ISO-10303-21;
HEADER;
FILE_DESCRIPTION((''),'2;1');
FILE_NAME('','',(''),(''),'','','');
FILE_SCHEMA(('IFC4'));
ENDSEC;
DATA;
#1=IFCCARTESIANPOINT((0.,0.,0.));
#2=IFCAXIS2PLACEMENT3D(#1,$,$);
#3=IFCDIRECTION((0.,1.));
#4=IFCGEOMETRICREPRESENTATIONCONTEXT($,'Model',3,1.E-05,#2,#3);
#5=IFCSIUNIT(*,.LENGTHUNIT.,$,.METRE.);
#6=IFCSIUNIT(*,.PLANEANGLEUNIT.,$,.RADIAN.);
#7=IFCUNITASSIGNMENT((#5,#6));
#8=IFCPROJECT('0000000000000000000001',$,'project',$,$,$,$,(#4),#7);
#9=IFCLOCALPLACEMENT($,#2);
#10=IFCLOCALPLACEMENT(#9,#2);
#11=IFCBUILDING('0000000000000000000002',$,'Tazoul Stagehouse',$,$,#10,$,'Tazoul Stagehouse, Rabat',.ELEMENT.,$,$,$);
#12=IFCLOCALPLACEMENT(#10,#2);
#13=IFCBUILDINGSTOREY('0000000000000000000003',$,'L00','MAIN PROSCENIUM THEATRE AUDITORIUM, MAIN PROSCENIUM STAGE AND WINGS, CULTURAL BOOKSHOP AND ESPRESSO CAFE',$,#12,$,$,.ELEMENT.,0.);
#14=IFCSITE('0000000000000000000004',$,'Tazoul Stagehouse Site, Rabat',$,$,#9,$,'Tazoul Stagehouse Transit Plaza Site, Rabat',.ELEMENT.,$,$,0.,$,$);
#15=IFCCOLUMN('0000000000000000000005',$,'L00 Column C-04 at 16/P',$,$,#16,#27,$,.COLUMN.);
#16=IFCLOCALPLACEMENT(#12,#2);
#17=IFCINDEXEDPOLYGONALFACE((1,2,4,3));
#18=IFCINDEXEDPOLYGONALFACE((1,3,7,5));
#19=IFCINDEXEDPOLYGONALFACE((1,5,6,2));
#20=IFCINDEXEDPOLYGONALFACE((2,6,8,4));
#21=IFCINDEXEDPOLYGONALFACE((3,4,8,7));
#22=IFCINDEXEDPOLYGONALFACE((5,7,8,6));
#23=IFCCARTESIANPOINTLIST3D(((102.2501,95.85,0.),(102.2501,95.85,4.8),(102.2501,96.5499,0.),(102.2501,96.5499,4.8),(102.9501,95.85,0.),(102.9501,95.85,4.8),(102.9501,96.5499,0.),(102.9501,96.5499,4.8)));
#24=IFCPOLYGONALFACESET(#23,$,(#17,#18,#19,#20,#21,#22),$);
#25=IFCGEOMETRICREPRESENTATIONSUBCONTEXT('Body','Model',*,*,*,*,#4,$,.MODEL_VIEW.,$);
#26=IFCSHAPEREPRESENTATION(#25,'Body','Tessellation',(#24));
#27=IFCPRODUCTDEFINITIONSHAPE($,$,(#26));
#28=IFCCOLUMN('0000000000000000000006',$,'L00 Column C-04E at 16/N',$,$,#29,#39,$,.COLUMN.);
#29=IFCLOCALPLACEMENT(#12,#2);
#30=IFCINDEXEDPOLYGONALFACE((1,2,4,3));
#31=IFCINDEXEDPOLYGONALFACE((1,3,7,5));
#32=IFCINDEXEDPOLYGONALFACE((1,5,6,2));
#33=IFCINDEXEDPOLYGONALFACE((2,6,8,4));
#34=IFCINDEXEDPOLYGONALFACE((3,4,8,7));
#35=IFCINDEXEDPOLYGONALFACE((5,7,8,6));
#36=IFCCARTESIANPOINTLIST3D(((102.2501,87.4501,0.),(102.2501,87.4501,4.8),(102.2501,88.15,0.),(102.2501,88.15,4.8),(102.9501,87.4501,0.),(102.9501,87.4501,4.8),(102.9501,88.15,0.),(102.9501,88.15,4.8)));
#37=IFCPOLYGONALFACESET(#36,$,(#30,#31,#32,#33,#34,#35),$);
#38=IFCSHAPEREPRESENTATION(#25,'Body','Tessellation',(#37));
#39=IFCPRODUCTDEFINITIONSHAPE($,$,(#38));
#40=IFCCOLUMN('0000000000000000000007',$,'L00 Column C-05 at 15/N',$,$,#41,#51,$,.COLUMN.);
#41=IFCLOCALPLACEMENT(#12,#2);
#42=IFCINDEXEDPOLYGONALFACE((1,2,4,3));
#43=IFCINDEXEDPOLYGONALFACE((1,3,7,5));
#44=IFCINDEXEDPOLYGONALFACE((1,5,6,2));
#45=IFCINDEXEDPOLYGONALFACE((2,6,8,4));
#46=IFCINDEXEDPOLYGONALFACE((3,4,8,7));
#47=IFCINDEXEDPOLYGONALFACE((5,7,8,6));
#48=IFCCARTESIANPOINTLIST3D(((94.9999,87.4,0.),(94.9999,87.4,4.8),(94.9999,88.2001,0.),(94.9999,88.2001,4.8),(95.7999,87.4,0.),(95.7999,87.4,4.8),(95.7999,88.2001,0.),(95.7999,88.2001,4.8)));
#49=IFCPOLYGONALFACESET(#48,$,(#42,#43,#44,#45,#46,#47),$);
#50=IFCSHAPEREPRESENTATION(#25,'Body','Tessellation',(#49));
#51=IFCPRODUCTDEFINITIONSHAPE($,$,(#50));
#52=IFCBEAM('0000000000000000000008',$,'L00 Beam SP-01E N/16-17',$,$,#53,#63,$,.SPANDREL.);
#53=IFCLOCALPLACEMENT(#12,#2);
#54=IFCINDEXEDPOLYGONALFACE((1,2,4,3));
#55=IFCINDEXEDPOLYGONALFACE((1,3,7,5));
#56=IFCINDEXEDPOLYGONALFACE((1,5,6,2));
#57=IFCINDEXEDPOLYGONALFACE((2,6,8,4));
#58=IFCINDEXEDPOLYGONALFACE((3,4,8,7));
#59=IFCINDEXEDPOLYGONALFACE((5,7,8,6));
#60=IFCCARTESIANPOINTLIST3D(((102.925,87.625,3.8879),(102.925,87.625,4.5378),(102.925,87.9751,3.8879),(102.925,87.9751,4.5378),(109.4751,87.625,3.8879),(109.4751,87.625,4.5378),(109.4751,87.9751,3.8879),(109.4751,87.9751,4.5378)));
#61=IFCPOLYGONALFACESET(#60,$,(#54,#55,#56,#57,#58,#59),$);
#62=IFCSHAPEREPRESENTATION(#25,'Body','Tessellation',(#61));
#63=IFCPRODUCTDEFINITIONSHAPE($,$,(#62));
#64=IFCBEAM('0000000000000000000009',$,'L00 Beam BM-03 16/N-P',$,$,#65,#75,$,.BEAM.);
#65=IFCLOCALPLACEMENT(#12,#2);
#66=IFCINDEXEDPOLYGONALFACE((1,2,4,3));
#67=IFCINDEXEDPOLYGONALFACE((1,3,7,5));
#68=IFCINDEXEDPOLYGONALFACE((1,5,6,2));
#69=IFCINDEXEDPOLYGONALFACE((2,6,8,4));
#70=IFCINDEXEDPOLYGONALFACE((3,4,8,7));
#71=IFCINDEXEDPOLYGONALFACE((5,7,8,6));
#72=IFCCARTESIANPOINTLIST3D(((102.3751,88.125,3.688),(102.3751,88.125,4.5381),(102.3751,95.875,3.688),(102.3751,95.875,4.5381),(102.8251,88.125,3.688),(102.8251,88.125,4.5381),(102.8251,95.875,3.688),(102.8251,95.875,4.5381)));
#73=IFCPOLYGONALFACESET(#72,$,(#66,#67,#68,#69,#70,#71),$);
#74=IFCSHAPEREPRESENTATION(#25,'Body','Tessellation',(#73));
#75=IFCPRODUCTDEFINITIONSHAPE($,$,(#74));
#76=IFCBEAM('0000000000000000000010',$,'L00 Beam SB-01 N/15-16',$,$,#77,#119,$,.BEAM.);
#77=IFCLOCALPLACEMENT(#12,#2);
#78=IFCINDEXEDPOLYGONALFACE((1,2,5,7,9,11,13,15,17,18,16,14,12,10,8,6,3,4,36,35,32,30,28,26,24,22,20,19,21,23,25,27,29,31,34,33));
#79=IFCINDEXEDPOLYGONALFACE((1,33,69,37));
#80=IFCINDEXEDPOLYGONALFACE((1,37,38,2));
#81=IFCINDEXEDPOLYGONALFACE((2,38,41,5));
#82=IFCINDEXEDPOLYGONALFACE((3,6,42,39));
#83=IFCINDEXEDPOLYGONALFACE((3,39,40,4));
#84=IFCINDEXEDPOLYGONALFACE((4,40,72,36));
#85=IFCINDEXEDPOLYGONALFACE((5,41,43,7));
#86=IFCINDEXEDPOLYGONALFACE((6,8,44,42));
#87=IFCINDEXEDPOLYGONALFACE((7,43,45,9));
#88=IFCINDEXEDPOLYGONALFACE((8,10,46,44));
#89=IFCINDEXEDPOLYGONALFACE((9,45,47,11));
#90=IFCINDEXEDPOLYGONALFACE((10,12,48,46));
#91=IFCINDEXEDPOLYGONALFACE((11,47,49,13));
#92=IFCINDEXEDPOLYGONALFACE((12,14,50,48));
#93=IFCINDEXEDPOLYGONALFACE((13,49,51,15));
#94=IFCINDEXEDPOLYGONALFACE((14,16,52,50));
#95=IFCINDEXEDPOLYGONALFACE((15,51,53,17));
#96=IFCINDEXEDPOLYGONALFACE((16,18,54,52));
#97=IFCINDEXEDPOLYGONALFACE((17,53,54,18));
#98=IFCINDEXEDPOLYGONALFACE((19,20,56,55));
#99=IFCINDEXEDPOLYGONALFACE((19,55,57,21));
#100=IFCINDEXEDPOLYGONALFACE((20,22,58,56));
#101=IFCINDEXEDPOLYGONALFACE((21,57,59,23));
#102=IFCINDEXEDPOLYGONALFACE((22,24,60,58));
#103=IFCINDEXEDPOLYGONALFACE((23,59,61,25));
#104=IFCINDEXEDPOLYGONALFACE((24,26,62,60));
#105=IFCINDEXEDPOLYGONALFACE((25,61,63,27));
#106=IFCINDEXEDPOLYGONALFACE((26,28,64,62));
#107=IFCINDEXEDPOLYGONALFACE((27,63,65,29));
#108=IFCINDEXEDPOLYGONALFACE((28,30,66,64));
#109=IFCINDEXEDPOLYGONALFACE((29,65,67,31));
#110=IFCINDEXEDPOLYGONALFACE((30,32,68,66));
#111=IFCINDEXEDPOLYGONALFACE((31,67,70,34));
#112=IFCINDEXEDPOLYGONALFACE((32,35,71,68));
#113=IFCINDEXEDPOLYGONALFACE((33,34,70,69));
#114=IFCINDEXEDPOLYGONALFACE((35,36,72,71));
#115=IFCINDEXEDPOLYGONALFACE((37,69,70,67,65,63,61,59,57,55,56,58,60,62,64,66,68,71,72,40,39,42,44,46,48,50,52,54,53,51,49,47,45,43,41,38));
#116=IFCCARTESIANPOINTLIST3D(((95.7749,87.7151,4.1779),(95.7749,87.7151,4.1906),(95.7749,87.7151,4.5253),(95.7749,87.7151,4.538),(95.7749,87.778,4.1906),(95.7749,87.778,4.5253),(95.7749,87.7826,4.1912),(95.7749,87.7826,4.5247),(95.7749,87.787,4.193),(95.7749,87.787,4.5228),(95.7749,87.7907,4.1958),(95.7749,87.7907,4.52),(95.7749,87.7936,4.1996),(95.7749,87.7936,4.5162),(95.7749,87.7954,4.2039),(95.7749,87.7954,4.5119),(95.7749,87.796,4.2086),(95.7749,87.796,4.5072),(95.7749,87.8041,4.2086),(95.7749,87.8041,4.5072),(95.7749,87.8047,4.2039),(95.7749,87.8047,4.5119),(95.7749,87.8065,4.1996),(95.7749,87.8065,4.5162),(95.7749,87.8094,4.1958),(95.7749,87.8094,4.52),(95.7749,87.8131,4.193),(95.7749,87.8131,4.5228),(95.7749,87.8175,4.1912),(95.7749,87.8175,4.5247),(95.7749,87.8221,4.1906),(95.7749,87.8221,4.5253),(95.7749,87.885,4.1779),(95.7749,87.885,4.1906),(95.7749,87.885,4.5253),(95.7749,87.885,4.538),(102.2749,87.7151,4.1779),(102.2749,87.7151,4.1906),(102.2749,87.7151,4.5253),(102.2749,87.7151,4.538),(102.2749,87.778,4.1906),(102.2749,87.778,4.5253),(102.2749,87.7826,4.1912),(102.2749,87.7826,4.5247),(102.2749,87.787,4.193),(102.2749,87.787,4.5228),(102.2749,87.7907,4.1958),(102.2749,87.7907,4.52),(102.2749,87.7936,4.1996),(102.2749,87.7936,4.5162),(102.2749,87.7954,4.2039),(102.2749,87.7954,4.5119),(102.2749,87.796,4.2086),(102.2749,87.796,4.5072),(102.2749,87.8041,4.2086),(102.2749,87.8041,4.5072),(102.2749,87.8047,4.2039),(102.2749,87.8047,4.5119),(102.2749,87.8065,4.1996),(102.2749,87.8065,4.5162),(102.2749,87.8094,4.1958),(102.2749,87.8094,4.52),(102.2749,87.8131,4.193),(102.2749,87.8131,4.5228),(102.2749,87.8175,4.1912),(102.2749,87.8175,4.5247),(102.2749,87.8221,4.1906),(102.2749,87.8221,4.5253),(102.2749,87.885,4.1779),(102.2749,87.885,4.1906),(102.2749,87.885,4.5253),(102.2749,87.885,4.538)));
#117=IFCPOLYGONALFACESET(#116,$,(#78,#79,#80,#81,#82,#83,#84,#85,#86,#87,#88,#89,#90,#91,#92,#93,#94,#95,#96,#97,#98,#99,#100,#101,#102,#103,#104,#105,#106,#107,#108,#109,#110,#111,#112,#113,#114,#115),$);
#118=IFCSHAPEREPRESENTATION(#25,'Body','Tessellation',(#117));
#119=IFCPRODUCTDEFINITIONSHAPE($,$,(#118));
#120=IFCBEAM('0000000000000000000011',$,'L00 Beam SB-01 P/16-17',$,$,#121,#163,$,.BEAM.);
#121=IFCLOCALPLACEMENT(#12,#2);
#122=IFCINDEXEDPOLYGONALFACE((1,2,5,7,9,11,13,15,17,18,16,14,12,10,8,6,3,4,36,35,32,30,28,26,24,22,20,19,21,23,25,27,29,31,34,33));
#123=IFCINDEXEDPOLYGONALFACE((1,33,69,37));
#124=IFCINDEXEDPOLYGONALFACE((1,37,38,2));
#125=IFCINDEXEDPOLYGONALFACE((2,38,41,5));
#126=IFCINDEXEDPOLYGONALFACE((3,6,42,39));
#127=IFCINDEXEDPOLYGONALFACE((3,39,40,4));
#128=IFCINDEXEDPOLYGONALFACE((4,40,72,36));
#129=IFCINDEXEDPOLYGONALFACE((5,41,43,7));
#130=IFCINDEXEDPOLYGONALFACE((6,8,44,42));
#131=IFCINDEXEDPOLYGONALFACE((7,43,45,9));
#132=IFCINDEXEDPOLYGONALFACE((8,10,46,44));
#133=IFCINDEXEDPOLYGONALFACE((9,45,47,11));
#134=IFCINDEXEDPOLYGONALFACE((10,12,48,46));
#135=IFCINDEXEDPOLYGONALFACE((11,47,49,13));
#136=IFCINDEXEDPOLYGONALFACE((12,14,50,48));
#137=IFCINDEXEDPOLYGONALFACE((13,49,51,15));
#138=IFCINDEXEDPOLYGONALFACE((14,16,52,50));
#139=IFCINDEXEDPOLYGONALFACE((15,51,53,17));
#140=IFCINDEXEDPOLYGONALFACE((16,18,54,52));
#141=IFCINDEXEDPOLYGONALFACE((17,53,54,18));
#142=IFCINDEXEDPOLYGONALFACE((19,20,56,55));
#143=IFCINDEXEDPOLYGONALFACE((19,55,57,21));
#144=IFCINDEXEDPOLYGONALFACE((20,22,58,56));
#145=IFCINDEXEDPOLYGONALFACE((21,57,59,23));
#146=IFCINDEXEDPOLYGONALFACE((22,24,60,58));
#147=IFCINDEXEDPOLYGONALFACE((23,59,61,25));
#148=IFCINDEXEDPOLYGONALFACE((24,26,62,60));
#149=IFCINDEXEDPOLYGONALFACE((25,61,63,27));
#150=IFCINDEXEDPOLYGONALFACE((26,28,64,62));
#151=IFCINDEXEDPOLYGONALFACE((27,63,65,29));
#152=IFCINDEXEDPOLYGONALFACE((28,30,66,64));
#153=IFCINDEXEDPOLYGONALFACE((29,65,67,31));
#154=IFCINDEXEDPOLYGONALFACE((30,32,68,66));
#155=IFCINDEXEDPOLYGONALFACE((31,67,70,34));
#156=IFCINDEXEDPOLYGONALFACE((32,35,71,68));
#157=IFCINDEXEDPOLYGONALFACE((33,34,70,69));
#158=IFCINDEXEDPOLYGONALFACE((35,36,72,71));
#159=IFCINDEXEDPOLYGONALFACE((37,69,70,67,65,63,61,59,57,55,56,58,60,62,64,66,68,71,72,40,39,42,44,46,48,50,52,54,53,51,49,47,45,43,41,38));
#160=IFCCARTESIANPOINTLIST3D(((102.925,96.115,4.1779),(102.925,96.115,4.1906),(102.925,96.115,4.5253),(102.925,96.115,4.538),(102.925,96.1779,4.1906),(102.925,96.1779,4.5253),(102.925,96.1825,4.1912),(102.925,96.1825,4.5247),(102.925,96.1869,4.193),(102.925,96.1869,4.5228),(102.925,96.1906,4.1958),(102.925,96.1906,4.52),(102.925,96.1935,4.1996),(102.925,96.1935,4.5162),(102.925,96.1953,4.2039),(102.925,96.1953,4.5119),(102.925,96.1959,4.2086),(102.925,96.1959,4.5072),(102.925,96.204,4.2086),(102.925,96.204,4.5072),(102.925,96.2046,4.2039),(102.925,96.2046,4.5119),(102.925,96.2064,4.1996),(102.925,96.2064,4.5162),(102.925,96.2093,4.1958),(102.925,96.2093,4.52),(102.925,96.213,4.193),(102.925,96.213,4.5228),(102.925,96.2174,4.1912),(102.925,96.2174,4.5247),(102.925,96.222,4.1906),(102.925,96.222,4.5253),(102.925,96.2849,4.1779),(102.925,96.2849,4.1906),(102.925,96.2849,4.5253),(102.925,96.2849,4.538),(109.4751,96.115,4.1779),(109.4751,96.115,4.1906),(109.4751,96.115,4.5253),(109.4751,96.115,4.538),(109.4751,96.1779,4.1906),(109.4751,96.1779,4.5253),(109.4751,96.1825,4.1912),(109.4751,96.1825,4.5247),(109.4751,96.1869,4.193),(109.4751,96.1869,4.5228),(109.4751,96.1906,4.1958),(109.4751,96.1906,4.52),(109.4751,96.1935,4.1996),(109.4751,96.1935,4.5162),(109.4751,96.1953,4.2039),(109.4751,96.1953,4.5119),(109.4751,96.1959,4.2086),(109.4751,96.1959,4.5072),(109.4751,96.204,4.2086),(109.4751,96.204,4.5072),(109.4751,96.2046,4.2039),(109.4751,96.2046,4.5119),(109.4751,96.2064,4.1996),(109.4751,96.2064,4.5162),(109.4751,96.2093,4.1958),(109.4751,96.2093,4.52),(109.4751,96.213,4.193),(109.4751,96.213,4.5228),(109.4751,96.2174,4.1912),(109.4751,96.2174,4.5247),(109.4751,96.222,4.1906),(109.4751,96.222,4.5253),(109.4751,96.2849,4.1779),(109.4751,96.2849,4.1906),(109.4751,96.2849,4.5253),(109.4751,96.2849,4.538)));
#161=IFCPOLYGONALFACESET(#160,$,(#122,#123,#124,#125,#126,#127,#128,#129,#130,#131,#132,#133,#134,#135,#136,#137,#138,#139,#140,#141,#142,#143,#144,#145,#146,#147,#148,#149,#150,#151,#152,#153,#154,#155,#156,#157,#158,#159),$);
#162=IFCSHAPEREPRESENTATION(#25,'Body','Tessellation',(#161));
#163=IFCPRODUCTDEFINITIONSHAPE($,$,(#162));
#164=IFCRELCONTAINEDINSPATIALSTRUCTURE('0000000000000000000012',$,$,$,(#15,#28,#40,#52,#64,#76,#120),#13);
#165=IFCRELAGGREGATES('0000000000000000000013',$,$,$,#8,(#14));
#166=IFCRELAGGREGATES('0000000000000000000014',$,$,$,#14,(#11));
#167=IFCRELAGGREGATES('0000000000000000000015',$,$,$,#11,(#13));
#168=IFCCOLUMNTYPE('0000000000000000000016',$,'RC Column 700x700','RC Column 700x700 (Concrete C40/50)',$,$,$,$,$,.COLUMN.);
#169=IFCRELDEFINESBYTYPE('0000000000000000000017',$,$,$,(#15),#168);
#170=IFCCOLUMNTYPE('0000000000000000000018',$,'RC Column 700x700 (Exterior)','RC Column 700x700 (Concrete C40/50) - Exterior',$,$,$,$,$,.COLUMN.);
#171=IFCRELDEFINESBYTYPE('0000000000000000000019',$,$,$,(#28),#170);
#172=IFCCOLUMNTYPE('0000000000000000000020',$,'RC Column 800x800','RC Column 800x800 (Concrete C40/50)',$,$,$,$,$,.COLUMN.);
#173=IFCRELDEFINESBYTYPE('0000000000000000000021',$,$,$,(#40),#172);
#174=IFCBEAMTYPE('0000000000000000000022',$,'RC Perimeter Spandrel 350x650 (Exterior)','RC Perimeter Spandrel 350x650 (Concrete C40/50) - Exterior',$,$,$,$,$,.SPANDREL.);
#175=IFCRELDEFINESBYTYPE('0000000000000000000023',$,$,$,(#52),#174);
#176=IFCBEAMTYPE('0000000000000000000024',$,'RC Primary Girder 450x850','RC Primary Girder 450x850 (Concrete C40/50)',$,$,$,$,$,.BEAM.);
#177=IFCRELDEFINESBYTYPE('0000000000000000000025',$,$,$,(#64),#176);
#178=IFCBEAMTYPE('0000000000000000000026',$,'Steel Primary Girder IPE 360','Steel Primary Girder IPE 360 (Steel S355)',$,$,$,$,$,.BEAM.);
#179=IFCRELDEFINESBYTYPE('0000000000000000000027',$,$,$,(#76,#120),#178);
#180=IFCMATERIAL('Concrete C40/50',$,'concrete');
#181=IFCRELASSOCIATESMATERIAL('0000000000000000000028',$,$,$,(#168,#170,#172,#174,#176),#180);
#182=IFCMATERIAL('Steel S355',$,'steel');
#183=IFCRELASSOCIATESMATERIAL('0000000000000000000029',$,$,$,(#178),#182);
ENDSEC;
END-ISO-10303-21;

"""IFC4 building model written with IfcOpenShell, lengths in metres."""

from ifc_helpers import new_model, si_unit, direction, frame, origin, origin_2d, place, context, subcontext, project, spatial, rectangle, i_section, extrude, material, material_profile, profile_set, type_object, element, save


model = new_model("IFC4")

# Units and contexts
model_context = context("Model", 3, precision=1e-05, world=origin(), true_north=direction((0.0, 1.0)))
body_context = subcontext(model_context, "Body", "Model", "MODEL_VIEW")
ifc_project = project(units=[si_unit("LENGTHUNIT", "METRE"), si_unit("PLANEANGLEUNIT", "RADIAN")], contexts=[model_context])

# Site, building, storey
site_placement = place(None, origin())
site = spatial("IfcSite", under=ifc_project, at=site_placement, Name="Tazoul Stagehouse Site, Rabat", LongName="Tazoul Stagehouse Transit Plaza Site, Rabat", CompositionType="ELEMENT", RefElevation=0.0)
building_placement = place(site_placement, origin())
building = spatial("IfcBuilding", under=site, at=building_placement, Name="Tazoul Stagehouse", LongName="Tazoul Stagehouse, Rabat", CompositionType="ELEMENT")
storey_placement = place(building_placement, origin())
storey = spatial("IfcBuildingStorey", under=building, at=storey_placement, Name="L00", Description="MAIN PROSCENIUM THEATRE AUDITORIUM, MAIN PROSCENIUM STAGE AND WINGS, CULTURAL BOOKSHOP AND ESPRESSO CAFE", CompositionType="ELEMENT", Elevation=0.0)

# Columns
ifc_material_1 = material(Name="Concrete C40/50", Category="concrete")
ifc_material_profile_1 = material_profile(ifc_material_1, rectangle(XDim=0.7, YDim=0.7, at=origin_2d()), Name="RC 700x700")
ifc_profile_set_1 = profile_set([ifc_material_profile_1], Name="Concrete C40/50")
column_type_1 = type_object("IfcColumnType", Name="RC Column 700x700", Description="RC Column 700x700 (Concrete C40/50)", PredefinedType="COLUMN", material=ifc_profile_set_1)
column_1_placement = place(storey_placement, frame((102.6001, 96.2, 0.0), z_axis=(0.0, 0.0, 1.0), x_axis=(1.0, 0.0, 0.0)))
element("IfcColumn", 1, at=column_1_placement, inside=storey, type_object=column_type_1, Name="L00 Column C-04 at 16/P", PredefinedType="COLUMN", context=body_context, shape_type="SweptSolid", body=[
    extrude(rectangle(XDim=0.7, YDim=0.7, at=origin_2d()), origin(), (0.0, 0.0, 1.0), 4.8),
])
ifc_material_profile_2 = material_profile(ifc_material_1, rectangle(XDim=0.7, YDim=0.7, at=origin_2d()), Name="RC 700x700")
ifc_profile_set_2 = profile_set([ifc_material_profile_2], Name="Concrete C40/50")
column_type_2 = type_object("IfcColumnType", Name="RC Column 700x700 (Exterior)", Description="RC Column 700x700 (Concrete C40/50) - Exterior", PredefinedType="COLUMN", material=ifc_profile_set_2)
column_2_placement = place(storey_placement, frame((102.6001, 87.8, 0.0), z_axis=(0.0, 0.0, 1.0), x_axis=(1.0, 0.0, 0.0)))
element("IfcColumn", 2, at=column_2_placement, inside=storey, type_object=column_type_2, Name="L00 Column C-04E at 16/N", PredefinedType="COLUMN", context=body_context, shape_type="SweptSolid", body=[
    extrude(rectangle(XDim=0.7, YDim=0.7, at=origin_2d()), origin(), (0.0, 0.0, 1.0), 4.8),
])
ifc_material_profile_3 = material_profile(ifc_material_1, rectangle(XDim=0.8, YDim=0.8, at=origin_2d()), Name="RC 800x800")
ifc_profile_set_3 = profile_set([ifc_material_profile_3], Name="Concrete C40/50")
column_type_3 = type_object("IfcColumnType", Name="RC Column 800x800", Description="RC Column 800x800 (Concrete C40/50)", PredefinedType="COLUMN", material=ifc_profile_set_3)
column_3_placement = place(storey_placement, frame((95.3999, 87.8, 0.0), z_axis=(0.0, 0.0, 1.0), x_axis=(1.0, 0.0, 0.0)))
element("IfcColumn", 3, at=column_3_placement, inside=storey, type_object=column_type_3, Name="L00 Column C-05 at 15/N", PredefinedType="COLUMN", context=body_context, shape_type="SweptSolid", body=[
    extrude(rectangle(XDim=0.8, YDim=0.8, at=origin_2d()), origin(), (0.0, 0.0, 1.0), 4.8),
])

# Beams
ifc_material_profile_4 = material_profile(ifc_material_1, rectangle(XDim=0.3501, YDim=0.6499, at=origin_2d()), Name="RC 350x650")
ifc_profile_set_4 = profile_set([ifc_material_profile_4], Name="Concrete C40/50")
beam_type_1 = type_object("IfcBeamType", Name="RC Perimeter Spandrel 350x650 (Exterior)", Description="RC Perimeter Spandrel 350x650 (Concrete C40/50) - Exterior", PredefinedType="SPANDREL", material=ifc_profile_set_4)
beam_1_placement = place(storey_placement, frame((102.925, 87.8, 4.2129), z_axis=(1.0, 0.0, 0.0), x_axis=(0.0, 1.0, 0.0)))
element("IfcBeam", 4, at=beam_1_placement, inside=storey, type_object=beam_type_1, Name="L00 Beam SP-01E N/16-17", PredefinedType="SPANDREL", context=body_context, shape_type="SweptSolid", body=[
    extrude(rectangle(XDim=0.3501, YDim=0.6499, at=origin_2d()), origin(), (0.0, 0.0, 1.0), 6.55),
])
ifc_material_profile_5 = material_profile(ifc_material_1, rectangle(XDim=0.45, YDim=0.8501, at=origin_2d()), Name="RC 450x850")
ifc_profile_set_5 = profile_set([ifc_material_profile_5], Name="Concrete C40/50")
beam_type_2 = type_object("IfcBeamType", Name="RC Primary Girder 450x850", Description="RC Primary Girder 450x850 (Concrete C40/50)", PredefinedType="BEAM", material=ifc_profile_set_5)
beam_2_placement = place(storey_placement, frame((102.6001, 88.125, 4.113), z_axis=(0.0, 1.0, 0.0), x_axis=(-1.0, 0.0, 0.0)))
element("IfcBeam", 5, at=beam_2_placement, inside=storey, type_object=beam_type_2, Name="L00 Beam BM-03 16/N-P", PredefinedType="BEAM", context=body_context, shape_type="SweptSolid", body=[
    extrude(rectangle(XDim=0.45, YDim=0.8501, at=origin_2d()), origin(), (0.0, 0.0, 1.0), 7.75),
])
ifc_material_2 = material(Name="Steel S355", Category="steel")
ifc_material_profile_6 = material_profile(ifc_material_2, i_section(OverallWidth=0.1699, OverallDepth=0.3601, WebThickness=0.0081, FlangeThickness=0.0127, FilletRadius=0.0181, at=origin_2d()), Name="IPE 360")
ifc_profile_set_6 = profile_set([ifc_material_profile_6], Name="Steel S355")
beam_type_3 = type_object("IfcBeamType", Name="Steel Primary Girder IPE 360", Description="Steel Primary Girder IPE 360 (Steel S355)", PredefinedType="BEAM", material=ifc_profile_set_6)
beam_3_placement = place(storey_placement, frame((95.7749, 87.8, 4.3579), z_axis=(1.0, 0.0, 0.0), x_axis=(0.0, 1.0, 0.0)))
element("IfcBeam", 6, at=beam_3_placement, inside=storey, type_object=beam_type_3, Name="L00 Beam SB-01 N/15-16", PredefinedType="BEAM", context=body_context, shape_type="SweptSolid", body=[
    extrude(i_section(OverallWidth=0.1699, OverallDepth=0.3601, WebThickness=0.0081, FlangeThickness=0.0127, FilletRadius=0.0181, at=origin_2d()), origin(), (0.0, 0.0, 1.0), 6.5),
])
beam_4_placement = place(storey_placement, frame((102.925, 96.2, 4.3579), z_axis=(1.0, 0.0, 0.0), x_axis=(0.0, 1.0, 0.0)))
element("IfcBeam", 7, at=beam_4_placement, inside=storey, type_object=beam_type_3, Name="L00 Beam SB-01 P/16-17", PredefinedType="BEAM", context=body_context, shape_type="SweptSolid", body=[
    extrude(i_section(OverallWidth=0.1699, OverallDepth=0.3601, WebThickness=0.0081, FlangeThickness=0.0127, FilletRadius=0.0181, at=origin_2d()), origin(), (0.0, 0.0, 1.0), 6.55),
])

save(model, "model.ifc")
